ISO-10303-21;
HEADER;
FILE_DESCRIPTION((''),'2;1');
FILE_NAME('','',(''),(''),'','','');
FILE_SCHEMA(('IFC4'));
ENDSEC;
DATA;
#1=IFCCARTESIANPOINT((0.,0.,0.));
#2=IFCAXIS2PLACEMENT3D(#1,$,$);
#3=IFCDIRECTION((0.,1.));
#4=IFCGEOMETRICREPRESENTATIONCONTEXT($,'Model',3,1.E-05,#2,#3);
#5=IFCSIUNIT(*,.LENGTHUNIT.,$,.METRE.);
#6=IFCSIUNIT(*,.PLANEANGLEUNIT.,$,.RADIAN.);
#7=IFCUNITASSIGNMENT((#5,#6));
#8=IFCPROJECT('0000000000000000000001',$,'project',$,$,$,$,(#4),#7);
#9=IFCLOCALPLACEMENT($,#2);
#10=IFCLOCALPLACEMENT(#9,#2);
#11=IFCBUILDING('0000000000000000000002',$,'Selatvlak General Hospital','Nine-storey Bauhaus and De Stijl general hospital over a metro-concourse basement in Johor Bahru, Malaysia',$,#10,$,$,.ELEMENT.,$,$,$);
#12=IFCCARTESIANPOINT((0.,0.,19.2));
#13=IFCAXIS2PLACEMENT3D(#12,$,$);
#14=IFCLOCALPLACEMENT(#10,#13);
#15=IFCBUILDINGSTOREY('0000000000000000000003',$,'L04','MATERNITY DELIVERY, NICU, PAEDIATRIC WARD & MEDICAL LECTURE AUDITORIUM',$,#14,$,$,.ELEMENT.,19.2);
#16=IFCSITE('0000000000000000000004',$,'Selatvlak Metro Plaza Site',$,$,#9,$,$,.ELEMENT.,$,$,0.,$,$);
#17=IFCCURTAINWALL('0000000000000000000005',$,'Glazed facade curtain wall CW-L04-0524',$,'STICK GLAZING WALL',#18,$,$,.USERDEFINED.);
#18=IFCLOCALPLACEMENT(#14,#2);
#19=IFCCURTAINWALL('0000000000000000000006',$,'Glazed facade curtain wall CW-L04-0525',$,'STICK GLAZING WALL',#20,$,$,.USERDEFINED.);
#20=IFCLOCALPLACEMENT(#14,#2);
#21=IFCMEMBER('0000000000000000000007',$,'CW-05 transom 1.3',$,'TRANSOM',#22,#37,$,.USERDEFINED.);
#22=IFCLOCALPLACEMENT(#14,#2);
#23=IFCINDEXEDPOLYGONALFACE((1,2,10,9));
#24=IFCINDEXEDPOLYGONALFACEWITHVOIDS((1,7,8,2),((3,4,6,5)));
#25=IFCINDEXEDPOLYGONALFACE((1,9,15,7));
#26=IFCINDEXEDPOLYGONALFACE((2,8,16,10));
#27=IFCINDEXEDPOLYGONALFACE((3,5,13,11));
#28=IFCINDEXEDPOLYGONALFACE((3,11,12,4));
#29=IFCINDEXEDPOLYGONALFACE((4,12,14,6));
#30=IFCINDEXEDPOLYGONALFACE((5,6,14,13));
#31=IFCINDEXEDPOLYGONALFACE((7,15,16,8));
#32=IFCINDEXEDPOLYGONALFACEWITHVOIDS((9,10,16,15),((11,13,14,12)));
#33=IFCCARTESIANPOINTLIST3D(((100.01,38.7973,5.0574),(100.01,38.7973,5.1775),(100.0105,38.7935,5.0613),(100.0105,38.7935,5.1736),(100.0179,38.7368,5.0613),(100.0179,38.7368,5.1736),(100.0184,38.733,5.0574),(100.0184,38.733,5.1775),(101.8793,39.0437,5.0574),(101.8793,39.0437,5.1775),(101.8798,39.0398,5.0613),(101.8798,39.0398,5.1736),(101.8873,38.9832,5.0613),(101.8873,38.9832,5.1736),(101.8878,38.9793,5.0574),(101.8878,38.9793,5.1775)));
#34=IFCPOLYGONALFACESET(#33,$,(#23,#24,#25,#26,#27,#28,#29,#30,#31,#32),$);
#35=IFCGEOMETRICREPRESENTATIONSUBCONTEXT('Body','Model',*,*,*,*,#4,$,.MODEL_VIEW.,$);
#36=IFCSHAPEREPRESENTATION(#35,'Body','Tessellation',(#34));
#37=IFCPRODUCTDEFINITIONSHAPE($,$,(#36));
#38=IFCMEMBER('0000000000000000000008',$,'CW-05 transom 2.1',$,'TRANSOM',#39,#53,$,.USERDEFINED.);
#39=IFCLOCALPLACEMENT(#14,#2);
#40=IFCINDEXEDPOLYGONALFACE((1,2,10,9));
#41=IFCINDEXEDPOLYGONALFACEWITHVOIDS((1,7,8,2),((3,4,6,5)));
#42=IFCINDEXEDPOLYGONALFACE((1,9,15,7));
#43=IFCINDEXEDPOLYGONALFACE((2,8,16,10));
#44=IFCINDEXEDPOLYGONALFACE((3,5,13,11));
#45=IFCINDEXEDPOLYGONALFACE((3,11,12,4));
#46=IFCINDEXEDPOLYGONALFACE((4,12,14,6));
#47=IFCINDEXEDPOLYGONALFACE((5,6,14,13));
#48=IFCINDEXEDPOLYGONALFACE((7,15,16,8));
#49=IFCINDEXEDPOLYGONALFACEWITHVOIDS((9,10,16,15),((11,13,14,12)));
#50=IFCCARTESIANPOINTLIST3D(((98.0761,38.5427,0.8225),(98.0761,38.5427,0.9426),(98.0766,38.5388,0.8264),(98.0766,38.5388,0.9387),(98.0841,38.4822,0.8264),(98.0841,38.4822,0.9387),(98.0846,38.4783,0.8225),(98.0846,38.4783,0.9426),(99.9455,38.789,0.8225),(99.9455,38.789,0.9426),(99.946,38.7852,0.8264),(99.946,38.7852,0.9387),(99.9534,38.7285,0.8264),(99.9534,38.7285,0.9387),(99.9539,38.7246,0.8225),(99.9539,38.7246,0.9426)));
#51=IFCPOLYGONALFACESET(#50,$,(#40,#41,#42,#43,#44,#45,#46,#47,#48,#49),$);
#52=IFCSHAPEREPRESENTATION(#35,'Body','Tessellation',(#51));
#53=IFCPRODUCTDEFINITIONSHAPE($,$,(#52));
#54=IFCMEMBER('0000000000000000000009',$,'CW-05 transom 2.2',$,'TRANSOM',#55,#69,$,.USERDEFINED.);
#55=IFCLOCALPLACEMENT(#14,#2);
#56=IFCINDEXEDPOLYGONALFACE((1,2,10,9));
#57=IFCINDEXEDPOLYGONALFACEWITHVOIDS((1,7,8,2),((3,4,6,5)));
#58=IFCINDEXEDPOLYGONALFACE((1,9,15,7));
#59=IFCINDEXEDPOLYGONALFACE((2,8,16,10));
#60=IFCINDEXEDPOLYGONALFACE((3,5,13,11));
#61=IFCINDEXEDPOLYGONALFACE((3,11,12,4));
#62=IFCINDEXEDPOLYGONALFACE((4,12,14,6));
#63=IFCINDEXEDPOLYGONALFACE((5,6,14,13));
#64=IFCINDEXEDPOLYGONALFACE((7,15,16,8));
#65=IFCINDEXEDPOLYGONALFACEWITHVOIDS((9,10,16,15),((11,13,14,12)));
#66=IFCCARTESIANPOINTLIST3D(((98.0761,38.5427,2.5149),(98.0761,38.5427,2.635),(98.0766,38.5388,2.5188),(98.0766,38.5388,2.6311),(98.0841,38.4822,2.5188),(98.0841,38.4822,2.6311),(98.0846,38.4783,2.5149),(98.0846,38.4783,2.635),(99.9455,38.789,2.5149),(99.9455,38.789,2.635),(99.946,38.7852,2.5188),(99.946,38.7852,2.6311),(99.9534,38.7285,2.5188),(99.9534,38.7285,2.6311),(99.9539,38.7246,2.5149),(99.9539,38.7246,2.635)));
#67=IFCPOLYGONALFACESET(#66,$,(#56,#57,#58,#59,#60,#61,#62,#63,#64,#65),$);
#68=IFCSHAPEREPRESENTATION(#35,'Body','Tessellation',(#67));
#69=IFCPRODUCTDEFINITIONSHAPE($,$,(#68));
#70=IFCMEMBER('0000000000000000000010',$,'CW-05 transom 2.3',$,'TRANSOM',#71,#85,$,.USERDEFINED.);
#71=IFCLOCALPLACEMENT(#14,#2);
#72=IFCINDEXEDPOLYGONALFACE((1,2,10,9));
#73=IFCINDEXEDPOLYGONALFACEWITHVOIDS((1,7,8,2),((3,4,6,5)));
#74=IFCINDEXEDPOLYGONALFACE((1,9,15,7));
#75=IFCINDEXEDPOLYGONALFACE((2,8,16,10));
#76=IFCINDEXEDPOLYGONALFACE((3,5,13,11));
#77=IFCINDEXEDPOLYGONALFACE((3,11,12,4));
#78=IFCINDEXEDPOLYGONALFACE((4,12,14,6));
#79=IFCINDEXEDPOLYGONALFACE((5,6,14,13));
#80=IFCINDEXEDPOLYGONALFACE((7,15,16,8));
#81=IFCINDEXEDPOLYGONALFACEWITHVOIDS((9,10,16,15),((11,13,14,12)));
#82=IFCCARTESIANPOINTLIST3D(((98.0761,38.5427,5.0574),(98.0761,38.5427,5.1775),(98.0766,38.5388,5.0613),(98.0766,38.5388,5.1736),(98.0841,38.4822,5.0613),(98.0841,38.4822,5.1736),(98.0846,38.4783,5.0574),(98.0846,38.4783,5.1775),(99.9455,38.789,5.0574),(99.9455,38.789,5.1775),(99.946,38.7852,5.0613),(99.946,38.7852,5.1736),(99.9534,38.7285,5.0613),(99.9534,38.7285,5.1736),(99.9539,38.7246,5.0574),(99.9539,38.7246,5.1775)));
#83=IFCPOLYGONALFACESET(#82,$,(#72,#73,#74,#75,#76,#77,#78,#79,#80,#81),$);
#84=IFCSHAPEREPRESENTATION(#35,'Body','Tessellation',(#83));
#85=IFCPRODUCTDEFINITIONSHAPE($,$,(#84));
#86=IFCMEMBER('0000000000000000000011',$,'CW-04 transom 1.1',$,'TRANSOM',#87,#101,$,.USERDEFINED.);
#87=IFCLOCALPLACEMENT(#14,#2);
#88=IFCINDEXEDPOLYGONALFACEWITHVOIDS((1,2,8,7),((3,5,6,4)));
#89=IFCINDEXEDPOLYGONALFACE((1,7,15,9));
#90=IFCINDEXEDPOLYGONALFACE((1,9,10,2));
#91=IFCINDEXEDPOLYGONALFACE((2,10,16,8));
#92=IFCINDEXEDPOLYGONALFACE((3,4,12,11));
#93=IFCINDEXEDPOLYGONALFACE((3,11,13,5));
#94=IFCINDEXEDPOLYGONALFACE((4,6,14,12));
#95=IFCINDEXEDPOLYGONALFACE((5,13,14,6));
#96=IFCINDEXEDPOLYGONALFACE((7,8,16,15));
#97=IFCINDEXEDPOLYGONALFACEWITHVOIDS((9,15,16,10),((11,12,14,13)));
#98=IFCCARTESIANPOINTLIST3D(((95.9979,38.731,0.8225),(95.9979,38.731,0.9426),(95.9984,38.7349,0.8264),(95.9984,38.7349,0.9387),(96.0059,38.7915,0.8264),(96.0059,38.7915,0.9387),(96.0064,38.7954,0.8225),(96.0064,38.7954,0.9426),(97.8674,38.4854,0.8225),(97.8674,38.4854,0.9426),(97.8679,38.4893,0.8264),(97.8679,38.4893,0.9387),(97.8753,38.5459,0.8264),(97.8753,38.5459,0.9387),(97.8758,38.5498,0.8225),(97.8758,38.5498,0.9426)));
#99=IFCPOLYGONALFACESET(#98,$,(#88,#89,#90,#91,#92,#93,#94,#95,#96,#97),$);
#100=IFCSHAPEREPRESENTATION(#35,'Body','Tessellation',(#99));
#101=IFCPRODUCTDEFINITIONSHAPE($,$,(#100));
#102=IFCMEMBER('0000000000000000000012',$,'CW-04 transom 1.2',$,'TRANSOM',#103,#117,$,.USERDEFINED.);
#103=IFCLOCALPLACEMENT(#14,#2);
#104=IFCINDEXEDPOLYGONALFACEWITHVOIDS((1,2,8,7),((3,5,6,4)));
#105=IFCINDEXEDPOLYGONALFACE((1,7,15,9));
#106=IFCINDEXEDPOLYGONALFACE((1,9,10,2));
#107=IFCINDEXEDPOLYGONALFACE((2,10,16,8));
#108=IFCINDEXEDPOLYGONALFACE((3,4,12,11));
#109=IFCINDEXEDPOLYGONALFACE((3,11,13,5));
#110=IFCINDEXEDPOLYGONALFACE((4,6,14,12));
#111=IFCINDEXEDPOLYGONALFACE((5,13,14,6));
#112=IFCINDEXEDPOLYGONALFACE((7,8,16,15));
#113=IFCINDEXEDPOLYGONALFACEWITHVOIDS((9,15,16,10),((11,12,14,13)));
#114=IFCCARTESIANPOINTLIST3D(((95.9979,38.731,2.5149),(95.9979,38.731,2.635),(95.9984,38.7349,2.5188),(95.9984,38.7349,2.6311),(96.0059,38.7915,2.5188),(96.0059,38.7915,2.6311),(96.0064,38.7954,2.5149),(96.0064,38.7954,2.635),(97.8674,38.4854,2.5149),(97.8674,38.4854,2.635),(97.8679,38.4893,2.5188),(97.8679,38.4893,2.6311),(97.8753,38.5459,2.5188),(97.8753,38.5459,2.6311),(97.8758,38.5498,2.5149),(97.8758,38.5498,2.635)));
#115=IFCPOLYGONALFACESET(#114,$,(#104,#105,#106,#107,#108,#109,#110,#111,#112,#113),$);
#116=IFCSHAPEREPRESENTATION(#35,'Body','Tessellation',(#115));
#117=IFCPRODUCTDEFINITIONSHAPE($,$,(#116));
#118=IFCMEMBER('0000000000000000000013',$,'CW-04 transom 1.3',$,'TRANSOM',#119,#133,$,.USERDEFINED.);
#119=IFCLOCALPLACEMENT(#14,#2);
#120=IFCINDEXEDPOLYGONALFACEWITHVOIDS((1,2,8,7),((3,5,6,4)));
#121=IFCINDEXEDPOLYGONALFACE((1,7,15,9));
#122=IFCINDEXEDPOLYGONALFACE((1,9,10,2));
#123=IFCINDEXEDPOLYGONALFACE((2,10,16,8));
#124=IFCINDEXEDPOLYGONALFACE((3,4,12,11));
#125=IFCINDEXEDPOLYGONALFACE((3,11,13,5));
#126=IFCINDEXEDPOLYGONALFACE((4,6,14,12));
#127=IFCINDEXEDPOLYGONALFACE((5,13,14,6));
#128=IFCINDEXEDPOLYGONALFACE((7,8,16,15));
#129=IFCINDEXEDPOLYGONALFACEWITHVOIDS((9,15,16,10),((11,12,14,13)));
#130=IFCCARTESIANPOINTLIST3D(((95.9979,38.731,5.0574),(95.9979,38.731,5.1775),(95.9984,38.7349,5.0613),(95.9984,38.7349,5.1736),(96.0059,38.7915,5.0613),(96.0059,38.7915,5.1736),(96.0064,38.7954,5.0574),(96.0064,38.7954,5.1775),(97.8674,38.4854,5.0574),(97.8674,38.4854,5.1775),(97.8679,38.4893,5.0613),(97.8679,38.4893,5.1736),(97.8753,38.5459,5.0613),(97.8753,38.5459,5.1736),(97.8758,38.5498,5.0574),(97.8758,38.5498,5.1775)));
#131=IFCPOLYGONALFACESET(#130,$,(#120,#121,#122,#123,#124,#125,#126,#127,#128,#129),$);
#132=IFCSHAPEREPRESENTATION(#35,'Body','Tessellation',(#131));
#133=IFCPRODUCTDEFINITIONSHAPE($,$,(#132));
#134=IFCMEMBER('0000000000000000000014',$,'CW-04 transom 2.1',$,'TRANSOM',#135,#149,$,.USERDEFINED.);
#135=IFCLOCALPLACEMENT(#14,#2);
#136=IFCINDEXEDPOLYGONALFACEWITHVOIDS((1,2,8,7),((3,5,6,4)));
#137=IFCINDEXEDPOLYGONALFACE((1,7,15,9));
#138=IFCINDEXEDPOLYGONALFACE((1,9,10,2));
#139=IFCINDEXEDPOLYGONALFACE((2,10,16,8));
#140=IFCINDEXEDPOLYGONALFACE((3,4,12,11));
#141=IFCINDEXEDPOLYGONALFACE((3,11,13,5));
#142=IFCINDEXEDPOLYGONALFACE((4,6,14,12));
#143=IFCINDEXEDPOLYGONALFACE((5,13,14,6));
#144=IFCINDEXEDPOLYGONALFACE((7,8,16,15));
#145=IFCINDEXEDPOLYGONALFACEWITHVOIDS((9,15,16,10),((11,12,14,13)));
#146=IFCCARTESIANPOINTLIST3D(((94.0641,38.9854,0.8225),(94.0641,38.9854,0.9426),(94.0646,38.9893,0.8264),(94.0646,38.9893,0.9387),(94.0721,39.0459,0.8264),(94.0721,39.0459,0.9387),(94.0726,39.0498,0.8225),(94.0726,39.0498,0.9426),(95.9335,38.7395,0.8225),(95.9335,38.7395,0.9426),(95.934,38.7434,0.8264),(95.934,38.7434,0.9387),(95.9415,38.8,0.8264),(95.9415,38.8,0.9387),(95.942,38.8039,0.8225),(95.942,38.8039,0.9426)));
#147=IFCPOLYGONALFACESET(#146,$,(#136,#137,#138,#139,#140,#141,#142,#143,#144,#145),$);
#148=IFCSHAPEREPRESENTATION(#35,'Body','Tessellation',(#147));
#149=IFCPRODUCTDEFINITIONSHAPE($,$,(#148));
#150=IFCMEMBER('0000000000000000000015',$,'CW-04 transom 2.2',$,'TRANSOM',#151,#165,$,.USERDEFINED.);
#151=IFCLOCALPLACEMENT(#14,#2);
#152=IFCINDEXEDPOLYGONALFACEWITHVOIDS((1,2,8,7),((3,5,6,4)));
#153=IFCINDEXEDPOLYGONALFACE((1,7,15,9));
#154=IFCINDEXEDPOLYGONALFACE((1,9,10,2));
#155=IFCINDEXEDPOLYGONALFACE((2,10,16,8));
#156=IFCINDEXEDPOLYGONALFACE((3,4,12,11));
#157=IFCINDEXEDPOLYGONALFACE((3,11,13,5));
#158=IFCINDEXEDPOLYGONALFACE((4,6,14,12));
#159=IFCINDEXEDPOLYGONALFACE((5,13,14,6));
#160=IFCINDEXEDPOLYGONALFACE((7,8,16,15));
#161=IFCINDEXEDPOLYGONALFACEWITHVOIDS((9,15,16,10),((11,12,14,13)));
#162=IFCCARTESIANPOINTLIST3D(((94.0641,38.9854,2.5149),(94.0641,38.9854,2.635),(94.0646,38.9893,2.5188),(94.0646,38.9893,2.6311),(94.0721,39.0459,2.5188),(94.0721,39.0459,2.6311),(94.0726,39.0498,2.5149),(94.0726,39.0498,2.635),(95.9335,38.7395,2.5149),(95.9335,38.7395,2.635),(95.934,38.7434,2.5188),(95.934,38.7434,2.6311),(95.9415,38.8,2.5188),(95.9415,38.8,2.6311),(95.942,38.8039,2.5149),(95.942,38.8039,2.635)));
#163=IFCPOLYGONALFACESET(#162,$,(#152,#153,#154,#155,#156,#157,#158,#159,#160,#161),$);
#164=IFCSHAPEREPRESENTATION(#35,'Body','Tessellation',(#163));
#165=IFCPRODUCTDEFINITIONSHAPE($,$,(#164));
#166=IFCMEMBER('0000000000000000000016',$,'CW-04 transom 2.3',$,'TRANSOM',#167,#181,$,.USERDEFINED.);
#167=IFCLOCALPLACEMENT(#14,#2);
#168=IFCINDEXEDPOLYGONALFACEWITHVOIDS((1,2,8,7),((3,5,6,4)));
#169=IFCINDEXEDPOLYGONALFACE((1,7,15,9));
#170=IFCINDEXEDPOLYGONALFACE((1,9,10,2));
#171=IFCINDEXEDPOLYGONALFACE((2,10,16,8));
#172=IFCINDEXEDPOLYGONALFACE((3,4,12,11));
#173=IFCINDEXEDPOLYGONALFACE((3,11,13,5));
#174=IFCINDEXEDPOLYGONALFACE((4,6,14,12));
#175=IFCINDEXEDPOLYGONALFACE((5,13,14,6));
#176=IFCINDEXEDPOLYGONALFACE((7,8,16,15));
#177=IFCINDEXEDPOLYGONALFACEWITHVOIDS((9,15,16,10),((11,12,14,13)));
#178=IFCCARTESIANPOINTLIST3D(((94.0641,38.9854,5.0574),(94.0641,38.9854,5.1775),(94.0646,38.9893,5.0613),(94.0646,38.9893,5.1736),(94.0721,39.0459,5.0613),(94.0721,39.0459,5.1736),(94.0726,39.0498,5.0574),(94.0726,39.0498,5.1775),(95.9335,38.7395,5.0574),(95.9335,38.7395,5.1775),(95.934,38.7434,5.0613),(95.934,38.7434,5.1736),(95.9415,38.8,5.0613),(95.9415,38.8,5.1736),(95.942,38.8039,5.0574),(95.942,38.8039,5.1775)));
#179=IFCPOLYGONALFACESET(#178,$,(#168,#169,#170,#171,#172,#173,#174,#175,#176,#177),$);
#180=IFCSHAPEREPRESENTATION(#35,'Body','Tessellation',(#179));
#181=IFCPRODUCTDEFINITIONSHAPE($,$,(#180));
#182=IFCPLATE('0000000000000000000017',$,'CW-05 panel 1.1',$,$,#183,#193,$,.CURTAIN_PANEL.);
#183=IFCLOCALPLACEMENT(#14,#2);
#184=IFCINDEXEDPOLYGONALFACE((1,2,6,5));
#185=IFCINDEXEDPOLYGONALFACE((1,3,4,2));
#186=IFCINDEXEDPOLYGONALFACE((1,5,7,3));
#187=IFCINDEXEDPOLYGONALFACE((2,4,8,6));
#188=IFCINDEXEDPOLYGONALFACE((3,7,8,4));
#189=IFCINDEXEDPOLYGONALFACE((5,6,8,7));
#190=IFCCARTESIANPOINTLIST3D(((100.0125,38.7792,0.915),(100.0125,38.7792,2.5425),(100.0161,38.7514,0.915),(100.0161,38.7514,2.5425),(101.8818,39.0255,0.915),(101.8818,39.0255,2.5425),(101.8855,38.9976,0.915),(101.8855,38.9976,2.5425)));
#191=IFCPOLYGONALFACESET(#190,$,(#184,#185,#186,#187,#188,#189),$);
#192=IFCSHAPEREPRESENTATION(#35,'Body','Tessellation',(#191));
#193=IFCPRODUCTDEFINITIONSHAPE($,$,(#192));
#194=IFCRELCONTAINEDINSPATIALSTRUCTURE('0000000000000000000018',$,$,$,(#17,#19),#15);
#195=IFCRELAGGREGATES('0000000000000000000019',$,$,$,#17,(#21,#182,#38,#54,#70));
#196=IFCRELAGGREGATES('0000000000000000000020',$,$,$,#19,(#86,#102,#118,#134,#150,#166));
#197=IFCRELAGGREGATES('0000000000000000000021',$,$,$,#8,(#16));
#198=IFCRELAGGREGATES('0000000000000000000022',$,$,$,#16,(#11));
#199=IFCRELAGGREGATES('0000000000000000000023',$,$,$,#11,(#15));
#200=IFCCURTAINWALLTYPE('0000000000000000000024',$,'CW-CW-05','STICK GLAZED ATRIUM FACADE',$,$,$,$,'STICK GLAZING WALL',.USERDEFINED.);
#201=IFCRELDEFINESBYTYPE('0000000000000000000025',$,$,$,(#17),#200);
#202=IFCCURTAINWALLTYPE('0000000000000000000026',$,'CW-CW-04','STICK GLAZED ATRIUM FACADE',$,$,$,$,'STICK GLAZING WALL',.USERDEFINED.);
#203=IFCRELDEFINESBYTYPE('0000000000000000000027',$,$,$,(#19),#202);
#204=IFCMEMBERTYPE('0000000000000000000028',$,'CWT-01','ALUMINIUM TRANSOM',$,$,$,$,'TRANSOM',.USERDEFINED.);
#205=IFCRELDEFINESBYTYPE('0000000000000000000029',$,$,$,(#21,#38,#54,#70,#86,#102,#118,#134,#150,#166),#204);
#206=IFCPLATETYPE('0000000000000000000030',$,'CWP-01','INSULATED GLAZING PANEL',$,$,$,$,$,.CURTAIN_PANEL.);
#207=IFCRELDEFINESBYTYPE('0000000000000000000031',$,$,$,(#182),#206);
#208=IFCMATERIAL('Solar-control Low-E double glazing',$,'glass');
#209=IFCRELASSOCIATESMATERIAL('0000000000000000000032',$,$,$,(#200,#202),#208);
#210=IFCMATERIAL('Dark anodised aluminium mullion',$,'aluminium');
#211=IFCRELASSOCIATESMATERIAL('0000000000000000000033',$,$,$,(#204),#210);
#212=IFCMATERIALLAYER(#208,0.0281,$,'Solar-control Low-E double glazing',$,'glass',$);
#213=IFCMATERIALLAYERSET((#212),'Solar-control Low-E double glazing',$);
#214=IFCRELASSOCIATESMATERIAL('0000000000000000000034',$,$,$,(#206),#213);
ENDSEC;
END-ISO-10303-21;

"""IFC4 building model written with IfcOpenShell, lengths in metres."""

from ifc_helpers import new_model, si_unit, direction, frame, origin, origin_2d, place, context, subcontext, project, spatial, rectangle, hollow_rectangle, extrude, material, layer, layer_set, material_profile, profile_set, type_object, element, aggregate, save


model = new_model("IFC4")

# Units and contexts
model_context = context("Model", 3, precision=1e-05, world=origin(), true_north=direction((0.0, 1.0)))
body_context = subcontext(model_context, "Body", "Model", "MODEL_VIEW")
ifc_project = project(units=[si_unit("LENGTHUNIT", "METRE"), si_unit("PLANEANGLEUNIT", "RADIAN")], contexts=[model_context])

# Site, building, storey
site_placement = place(None, origin())
site = spatial("IfcSite", under=ifc_project, at=site_placement, Name="Selatvlak Metro Plaza Site", CompositionType="ELEMENT", RefElevation=0.0)
building_placement = place(site_placement, origin())
building = spatial("IfcBuilding", under=site, at=building_placement, Name="Selatvlak General Hospital", Description="Nine-storey Bauhaus and De Stijl general hospital over a metro-concourse basement in Johor Bahru, Malaysia", CompositionType="ELEMENT")
storey_placement = place(building_placement, frame((0.0, 0.0, 19.2)))
storey = spatial("IfcBuildingStorey", under=building, at=storey_placement, Name="L04", Description="MATERNITY DELIVERY, NICU, PAEDIATRIC WARD & MEDICAL LECTURE AUDITORIUM", CompositionType="ELEMENT", Elevation=19.2)

# Curtain walls
ifc_material_1 = material(Name="Solar-control Low-E double glazing", Category="glass")
curtain_wall_type_1 = type_object("IfcCurtainWallType", Name="CW-CW-05", Description="STICK GLAZED ATRIUM FACADE", ElementType="STICK GLAZING WALL", PredefinedType="USERDEFINED", material=ifc_material_1)
curtain_wall_1_placement = place(storey_placement, origin())
curtain_wall_1 = element("IfcCurtainWall", 1, at=curtain_wall_1_placement, inside=storey, type_object=curtain_wall_type_1, Name="Glazed facade curtain wall CW-L04-0524", ObjectType="STICK GLAZING WALL", PredefinedType="USERDEFINED")
ifc_material_2 = material(Name="Dark anodised aluminium mullion", Category="aluminium")
curtain_wall_type_2 = type_object("IfcCurtainWallType", Name="CW-CW-04", Description="STICK GLAZED ATRIUM FACADE", ElementType="STICK GLAZING WALL", PredefinedType="USERDEFINED", material=ifc_material_1)
curtain_wall_2_placement = place(storey_placement, origin())
curtain_wall_2 = element("IfcCurtainWall", 2, at=curtain_wall_2_placement, inside=storey, type_object=curtain_wall_type_2, Name="Glazed facade curtain wall CW-L04-0525", ObjectType="STICK GLAZING WALL", PredefinedType="USERDEFINED")

# Members
ifc_material_profile_1 = material_profile(ifc_material_2, hollow_rectangle(XDim=0.0649, YDim=0.1201, WallThickness=0.0039, at=origin_2d()), Name="AL-TRN 65x120x4")
ifc_profile_set_1 = profile_set([ifc_material_profile_1], Name="Dark anodised aluminium mullion")
member_type_1 = type_object("IfcMemberType", Name="CWT-01", Description="ALUMINIUM TRANSOM", ElementType="TRANSOM", PredefinedType="USERDEFINED", material=ifc_profile_set_1)
member_1_placement = place(storey_placement, frame((101.8835, 39.0115, 5.1174), z_axis=(-0.991429, -0.130645, 0.0), x_axis=(0.130645, -0.991429, 0.0)))
member_1 = element("IfcMember", 3, at=member_1_placement, type_object=member_type_1, Name="CW-05 transom 1.3", ObjectType="TRANSOM", PredefinedType="USERDEFINED", context=body_context, shape_type="SweptSolid", body=[
    extrude(hollow_rectangle(XDim=0.0649, YDim=0.1201, WallThickness=0.0039, at=origin_2d()), origin(), (0.0, 0.0, 1.0), 1.8855),
])
member_2_placement = place(storey_placement, frame((99.9497, 38.7568, 0.8826), z_axis=(-0.991429, -0.130645, 0.0), x_axis=(0.130645, -0.991429, 0.0)))
member_2 = element("IfcMember", 4, at=member_2_placement, type_object=member_type_1, Name="CW-05 transom 2.1", ObjectType="TRANSOM", PredefinedType="USERDEFINED", context=body_context, shape_type="SweptSolid", body=[
    extrude(hollow_rectangle(XDim=0.0649, YDim=0.1201, WallThickness=0.0039, at=origin_2d()), origin(), (0.0, 0.0, 1.0), 1.8855),
])
member_3_placement = place(storey_placement, frame((99.9497, 38.7568, 2.575), z_axis=(-0.991429, -0.130645, 0.0), x_axis=(0.130645, -0.991429, 0.0)))
member_3 = element("IfcMember", 5, at=member_3_placement, type_object=member_type_1, Name="CW-05 transom 2.2", ObjectType="TRANSOM", PredefinedType="USERDEFINED", context=body_context, shape_type="SweptSolid", body=[
    extrude(hollow_rectangle(XDim=0.0649, YDim=0.1201, WallThickness=0.0039, at=origin_2d()), origin(), (0.0, 0.0, 1.0), 1.8855),
])
member_4_placement = place(storey_placement, frame((99.9497, 38.7568, 5.1174), z_axis=(-0.991429, -0.130645, 0.0), x_axis=(0.130645, -0.991429, 0.0)))
member_4 = element("IfcMember", 6, at=member_4_placement, type_object=member_type_1, Name="CW-05 transom 2.3", ObjectType="TRANSOM", PredefinedType="USERDEFINED", context=body_context, shape_type="SweptSolid", body=[
    extrude(hollow_rectangle(XDim=0.0649, YDim=0.1201, WallThickness=0.0039, at=origin_2d()), origin(), (0.0, 0.0, 1.0), 1.8855),
])
member_5_placement = place(storey_placement, frame((97.8716, 38.5176, 0.8826), z_axis=(-0.991479, 0.130264, 0.0), x_axis=(-0.130264, -0.991479, 0.0)))
member_5 = element("IfcMember", 7, at=member_5_placement, type_object=member_type_1, Name="CW-04 transom 1.1", ObjectType="TRANSOM", PredefinedType="USERDEFINED", context=body_context, shape_type="SweptSolid", body=[
    extrude(hollow_rectangle(XDim=0.0649, YDim=0.1201, WallThickness=0.0039, at=origin_2d()), origin(), (0.0, 0.0, 1.0), 1.8855),
])
member_6_placement = place(storey_placement, frame((97.8716, 38.5176, 2.575), z_axis=(-0.991479, 0.130264, 0.0), x_axis=(-0.130264, -0.991479, 0.0)))
member_6 = element("IfcMember", 8, at=member_6_placement, type_object=member_type_1, Name="CW-04 transom 1.2", ObjectType="TRANSOM", PredefinedType="USERDEFINED", context=body_context, shape_type="SweptSolid", body=[
    extrude(hollow_rectangle(XDim=0.0649, YDim=0.1201, WallThickness=0.0039, at=origin_2d()), origin(), (0.0, 0.0, 1.0), 1.8855),
])
member_7_placement = place(storey_placement, frame((97.8716, 38.5176, 5.1174), z_axis=(-0.991479, 0.130264, 0.0), x_axis=(-0.130264, -0.991479, 0.0)))
member_7 = element("IfcMember", 9, at=member_7_placement, type_object=member_type_1, Name="CW-04 transom 1.3", ObjectType="TRANSOM", PredefinedType="USERDEFINED", context=body_context, shape_type="SweptSolid", body=[
    extrude(hollow_rectangle(XDim=0.0649, YDim=0.1201, WallThickness=0.0039, at=origin_2d()), origin(), (0.0, 0.0, 1.0), 1.8855),
])
member_8_placement = place(storey_placement, frame((95.9377, 38.7717, 0.8826), z_axis=(-0.991463, 0.130391, 0.0), x_axis=(-0.130391, -0.991463, 0.0)))
member_8 = element("IfcMember", 10, at=member_8_placement, type_object=member_type_1, Name="CW-04 transom 2.1", ObjectType="TRANSOM", PredefinedType="USERDEFINED", context=body_context, shape_type="SweptSolid", body=[
    extrude(hollow_rectangle(XDim=0.0649, YDim=0.1201, WallThickness=0.0039, at=origin_2d()), origin(), (0.0, 0.0, 1.0), 1.8855),
])
member_9_placement = place(storey_placement, frame((95.9377, 38.7717, 2.575), z_axis=(-0.991463, 0.130391, 0.0), x_axis=(-0.130391, -0.991463, 0.0)))
member_9 = element("IfcMember", 11, at=member_9_placement, type_object=member_type_1, Name="CW-04 transom 2.2", ObjectType="TRANSOM", PredefinedType="USERDEFINED", context=body_context, shape_type="SweptSolid", body=[
    extrude(hollow_rectangle(XDim=0.0649, YDim=0.1201, WallThickness=0.0039, at=origin_2d()), origin(), (0.0, 0.0, 1.0), 1.8855),
])
member_10_placement = place(storey_placement, frame((95.9377, 38.7717, 5.1174), z_axis=(-0.991463, 0.130391, 0.0), x_axis=(-0.130391, -0.991463, 0.0)))
member_10 = element("IfcMember", 12, at=member_10_placement, type_object=member_type_1, Name="CW-04 transom 2.3", ObjectType="TRANSOM", PredefinedType="USERDEFINED", context=body_context, shape_type="SweptSolid", body=[
    extrude(hollow_rectangle(XDim=0.0649, YDim=0.1201, WallThickness=0.0039, at=origin_2d()), origin(), (0.0, 0.0, 1.0), 1.8855),
])

# Plate
ifc_layer_1 = layer(ifc_material_1, 0.0281, Name="Solar-control Low-E double glazing", Category="glass")
ifc_layer_set_1 = layer_set([ifc_layer_1], Name="Solar-control Low-E double glazing")
plate_type = type_object("IfcPlateType", Name="CWP-01", Description="INSULATED GLAZING PANEL", PredefinedType="CURTAIN_PANEL", material=ifc_layer_set_1)
plate_1_placement = place(storey_placement, frame((100.949, 38.8884, 0.915), z_axis=(0.0, 0.0, 1.0), x_axis=(-0.991434, -0.130611, 0.0)))
plate_1 = element("IfcPlate", 13, at=plate_1_placement, type_object=plate_type, Name="CW-05 panel 1.1", PredefinedType="CURTAIN_PANEL", context=body_context, shape_type="SweptSolid", body=[
    extrude(rectangle(XDim=1.8855, YDim=0.0281, at=origin_2d()), origin(), (0.0, 0.0, 1.0), 1.6274),
])
aggregate(curtain_wall_1, [member_1, plate_1, member_2, member_3, member_4])
aggregate(curtain_wall_2, [member_5, member_6, member_7, member_8, member_9, member_10])

save(model, "model.ifc")
